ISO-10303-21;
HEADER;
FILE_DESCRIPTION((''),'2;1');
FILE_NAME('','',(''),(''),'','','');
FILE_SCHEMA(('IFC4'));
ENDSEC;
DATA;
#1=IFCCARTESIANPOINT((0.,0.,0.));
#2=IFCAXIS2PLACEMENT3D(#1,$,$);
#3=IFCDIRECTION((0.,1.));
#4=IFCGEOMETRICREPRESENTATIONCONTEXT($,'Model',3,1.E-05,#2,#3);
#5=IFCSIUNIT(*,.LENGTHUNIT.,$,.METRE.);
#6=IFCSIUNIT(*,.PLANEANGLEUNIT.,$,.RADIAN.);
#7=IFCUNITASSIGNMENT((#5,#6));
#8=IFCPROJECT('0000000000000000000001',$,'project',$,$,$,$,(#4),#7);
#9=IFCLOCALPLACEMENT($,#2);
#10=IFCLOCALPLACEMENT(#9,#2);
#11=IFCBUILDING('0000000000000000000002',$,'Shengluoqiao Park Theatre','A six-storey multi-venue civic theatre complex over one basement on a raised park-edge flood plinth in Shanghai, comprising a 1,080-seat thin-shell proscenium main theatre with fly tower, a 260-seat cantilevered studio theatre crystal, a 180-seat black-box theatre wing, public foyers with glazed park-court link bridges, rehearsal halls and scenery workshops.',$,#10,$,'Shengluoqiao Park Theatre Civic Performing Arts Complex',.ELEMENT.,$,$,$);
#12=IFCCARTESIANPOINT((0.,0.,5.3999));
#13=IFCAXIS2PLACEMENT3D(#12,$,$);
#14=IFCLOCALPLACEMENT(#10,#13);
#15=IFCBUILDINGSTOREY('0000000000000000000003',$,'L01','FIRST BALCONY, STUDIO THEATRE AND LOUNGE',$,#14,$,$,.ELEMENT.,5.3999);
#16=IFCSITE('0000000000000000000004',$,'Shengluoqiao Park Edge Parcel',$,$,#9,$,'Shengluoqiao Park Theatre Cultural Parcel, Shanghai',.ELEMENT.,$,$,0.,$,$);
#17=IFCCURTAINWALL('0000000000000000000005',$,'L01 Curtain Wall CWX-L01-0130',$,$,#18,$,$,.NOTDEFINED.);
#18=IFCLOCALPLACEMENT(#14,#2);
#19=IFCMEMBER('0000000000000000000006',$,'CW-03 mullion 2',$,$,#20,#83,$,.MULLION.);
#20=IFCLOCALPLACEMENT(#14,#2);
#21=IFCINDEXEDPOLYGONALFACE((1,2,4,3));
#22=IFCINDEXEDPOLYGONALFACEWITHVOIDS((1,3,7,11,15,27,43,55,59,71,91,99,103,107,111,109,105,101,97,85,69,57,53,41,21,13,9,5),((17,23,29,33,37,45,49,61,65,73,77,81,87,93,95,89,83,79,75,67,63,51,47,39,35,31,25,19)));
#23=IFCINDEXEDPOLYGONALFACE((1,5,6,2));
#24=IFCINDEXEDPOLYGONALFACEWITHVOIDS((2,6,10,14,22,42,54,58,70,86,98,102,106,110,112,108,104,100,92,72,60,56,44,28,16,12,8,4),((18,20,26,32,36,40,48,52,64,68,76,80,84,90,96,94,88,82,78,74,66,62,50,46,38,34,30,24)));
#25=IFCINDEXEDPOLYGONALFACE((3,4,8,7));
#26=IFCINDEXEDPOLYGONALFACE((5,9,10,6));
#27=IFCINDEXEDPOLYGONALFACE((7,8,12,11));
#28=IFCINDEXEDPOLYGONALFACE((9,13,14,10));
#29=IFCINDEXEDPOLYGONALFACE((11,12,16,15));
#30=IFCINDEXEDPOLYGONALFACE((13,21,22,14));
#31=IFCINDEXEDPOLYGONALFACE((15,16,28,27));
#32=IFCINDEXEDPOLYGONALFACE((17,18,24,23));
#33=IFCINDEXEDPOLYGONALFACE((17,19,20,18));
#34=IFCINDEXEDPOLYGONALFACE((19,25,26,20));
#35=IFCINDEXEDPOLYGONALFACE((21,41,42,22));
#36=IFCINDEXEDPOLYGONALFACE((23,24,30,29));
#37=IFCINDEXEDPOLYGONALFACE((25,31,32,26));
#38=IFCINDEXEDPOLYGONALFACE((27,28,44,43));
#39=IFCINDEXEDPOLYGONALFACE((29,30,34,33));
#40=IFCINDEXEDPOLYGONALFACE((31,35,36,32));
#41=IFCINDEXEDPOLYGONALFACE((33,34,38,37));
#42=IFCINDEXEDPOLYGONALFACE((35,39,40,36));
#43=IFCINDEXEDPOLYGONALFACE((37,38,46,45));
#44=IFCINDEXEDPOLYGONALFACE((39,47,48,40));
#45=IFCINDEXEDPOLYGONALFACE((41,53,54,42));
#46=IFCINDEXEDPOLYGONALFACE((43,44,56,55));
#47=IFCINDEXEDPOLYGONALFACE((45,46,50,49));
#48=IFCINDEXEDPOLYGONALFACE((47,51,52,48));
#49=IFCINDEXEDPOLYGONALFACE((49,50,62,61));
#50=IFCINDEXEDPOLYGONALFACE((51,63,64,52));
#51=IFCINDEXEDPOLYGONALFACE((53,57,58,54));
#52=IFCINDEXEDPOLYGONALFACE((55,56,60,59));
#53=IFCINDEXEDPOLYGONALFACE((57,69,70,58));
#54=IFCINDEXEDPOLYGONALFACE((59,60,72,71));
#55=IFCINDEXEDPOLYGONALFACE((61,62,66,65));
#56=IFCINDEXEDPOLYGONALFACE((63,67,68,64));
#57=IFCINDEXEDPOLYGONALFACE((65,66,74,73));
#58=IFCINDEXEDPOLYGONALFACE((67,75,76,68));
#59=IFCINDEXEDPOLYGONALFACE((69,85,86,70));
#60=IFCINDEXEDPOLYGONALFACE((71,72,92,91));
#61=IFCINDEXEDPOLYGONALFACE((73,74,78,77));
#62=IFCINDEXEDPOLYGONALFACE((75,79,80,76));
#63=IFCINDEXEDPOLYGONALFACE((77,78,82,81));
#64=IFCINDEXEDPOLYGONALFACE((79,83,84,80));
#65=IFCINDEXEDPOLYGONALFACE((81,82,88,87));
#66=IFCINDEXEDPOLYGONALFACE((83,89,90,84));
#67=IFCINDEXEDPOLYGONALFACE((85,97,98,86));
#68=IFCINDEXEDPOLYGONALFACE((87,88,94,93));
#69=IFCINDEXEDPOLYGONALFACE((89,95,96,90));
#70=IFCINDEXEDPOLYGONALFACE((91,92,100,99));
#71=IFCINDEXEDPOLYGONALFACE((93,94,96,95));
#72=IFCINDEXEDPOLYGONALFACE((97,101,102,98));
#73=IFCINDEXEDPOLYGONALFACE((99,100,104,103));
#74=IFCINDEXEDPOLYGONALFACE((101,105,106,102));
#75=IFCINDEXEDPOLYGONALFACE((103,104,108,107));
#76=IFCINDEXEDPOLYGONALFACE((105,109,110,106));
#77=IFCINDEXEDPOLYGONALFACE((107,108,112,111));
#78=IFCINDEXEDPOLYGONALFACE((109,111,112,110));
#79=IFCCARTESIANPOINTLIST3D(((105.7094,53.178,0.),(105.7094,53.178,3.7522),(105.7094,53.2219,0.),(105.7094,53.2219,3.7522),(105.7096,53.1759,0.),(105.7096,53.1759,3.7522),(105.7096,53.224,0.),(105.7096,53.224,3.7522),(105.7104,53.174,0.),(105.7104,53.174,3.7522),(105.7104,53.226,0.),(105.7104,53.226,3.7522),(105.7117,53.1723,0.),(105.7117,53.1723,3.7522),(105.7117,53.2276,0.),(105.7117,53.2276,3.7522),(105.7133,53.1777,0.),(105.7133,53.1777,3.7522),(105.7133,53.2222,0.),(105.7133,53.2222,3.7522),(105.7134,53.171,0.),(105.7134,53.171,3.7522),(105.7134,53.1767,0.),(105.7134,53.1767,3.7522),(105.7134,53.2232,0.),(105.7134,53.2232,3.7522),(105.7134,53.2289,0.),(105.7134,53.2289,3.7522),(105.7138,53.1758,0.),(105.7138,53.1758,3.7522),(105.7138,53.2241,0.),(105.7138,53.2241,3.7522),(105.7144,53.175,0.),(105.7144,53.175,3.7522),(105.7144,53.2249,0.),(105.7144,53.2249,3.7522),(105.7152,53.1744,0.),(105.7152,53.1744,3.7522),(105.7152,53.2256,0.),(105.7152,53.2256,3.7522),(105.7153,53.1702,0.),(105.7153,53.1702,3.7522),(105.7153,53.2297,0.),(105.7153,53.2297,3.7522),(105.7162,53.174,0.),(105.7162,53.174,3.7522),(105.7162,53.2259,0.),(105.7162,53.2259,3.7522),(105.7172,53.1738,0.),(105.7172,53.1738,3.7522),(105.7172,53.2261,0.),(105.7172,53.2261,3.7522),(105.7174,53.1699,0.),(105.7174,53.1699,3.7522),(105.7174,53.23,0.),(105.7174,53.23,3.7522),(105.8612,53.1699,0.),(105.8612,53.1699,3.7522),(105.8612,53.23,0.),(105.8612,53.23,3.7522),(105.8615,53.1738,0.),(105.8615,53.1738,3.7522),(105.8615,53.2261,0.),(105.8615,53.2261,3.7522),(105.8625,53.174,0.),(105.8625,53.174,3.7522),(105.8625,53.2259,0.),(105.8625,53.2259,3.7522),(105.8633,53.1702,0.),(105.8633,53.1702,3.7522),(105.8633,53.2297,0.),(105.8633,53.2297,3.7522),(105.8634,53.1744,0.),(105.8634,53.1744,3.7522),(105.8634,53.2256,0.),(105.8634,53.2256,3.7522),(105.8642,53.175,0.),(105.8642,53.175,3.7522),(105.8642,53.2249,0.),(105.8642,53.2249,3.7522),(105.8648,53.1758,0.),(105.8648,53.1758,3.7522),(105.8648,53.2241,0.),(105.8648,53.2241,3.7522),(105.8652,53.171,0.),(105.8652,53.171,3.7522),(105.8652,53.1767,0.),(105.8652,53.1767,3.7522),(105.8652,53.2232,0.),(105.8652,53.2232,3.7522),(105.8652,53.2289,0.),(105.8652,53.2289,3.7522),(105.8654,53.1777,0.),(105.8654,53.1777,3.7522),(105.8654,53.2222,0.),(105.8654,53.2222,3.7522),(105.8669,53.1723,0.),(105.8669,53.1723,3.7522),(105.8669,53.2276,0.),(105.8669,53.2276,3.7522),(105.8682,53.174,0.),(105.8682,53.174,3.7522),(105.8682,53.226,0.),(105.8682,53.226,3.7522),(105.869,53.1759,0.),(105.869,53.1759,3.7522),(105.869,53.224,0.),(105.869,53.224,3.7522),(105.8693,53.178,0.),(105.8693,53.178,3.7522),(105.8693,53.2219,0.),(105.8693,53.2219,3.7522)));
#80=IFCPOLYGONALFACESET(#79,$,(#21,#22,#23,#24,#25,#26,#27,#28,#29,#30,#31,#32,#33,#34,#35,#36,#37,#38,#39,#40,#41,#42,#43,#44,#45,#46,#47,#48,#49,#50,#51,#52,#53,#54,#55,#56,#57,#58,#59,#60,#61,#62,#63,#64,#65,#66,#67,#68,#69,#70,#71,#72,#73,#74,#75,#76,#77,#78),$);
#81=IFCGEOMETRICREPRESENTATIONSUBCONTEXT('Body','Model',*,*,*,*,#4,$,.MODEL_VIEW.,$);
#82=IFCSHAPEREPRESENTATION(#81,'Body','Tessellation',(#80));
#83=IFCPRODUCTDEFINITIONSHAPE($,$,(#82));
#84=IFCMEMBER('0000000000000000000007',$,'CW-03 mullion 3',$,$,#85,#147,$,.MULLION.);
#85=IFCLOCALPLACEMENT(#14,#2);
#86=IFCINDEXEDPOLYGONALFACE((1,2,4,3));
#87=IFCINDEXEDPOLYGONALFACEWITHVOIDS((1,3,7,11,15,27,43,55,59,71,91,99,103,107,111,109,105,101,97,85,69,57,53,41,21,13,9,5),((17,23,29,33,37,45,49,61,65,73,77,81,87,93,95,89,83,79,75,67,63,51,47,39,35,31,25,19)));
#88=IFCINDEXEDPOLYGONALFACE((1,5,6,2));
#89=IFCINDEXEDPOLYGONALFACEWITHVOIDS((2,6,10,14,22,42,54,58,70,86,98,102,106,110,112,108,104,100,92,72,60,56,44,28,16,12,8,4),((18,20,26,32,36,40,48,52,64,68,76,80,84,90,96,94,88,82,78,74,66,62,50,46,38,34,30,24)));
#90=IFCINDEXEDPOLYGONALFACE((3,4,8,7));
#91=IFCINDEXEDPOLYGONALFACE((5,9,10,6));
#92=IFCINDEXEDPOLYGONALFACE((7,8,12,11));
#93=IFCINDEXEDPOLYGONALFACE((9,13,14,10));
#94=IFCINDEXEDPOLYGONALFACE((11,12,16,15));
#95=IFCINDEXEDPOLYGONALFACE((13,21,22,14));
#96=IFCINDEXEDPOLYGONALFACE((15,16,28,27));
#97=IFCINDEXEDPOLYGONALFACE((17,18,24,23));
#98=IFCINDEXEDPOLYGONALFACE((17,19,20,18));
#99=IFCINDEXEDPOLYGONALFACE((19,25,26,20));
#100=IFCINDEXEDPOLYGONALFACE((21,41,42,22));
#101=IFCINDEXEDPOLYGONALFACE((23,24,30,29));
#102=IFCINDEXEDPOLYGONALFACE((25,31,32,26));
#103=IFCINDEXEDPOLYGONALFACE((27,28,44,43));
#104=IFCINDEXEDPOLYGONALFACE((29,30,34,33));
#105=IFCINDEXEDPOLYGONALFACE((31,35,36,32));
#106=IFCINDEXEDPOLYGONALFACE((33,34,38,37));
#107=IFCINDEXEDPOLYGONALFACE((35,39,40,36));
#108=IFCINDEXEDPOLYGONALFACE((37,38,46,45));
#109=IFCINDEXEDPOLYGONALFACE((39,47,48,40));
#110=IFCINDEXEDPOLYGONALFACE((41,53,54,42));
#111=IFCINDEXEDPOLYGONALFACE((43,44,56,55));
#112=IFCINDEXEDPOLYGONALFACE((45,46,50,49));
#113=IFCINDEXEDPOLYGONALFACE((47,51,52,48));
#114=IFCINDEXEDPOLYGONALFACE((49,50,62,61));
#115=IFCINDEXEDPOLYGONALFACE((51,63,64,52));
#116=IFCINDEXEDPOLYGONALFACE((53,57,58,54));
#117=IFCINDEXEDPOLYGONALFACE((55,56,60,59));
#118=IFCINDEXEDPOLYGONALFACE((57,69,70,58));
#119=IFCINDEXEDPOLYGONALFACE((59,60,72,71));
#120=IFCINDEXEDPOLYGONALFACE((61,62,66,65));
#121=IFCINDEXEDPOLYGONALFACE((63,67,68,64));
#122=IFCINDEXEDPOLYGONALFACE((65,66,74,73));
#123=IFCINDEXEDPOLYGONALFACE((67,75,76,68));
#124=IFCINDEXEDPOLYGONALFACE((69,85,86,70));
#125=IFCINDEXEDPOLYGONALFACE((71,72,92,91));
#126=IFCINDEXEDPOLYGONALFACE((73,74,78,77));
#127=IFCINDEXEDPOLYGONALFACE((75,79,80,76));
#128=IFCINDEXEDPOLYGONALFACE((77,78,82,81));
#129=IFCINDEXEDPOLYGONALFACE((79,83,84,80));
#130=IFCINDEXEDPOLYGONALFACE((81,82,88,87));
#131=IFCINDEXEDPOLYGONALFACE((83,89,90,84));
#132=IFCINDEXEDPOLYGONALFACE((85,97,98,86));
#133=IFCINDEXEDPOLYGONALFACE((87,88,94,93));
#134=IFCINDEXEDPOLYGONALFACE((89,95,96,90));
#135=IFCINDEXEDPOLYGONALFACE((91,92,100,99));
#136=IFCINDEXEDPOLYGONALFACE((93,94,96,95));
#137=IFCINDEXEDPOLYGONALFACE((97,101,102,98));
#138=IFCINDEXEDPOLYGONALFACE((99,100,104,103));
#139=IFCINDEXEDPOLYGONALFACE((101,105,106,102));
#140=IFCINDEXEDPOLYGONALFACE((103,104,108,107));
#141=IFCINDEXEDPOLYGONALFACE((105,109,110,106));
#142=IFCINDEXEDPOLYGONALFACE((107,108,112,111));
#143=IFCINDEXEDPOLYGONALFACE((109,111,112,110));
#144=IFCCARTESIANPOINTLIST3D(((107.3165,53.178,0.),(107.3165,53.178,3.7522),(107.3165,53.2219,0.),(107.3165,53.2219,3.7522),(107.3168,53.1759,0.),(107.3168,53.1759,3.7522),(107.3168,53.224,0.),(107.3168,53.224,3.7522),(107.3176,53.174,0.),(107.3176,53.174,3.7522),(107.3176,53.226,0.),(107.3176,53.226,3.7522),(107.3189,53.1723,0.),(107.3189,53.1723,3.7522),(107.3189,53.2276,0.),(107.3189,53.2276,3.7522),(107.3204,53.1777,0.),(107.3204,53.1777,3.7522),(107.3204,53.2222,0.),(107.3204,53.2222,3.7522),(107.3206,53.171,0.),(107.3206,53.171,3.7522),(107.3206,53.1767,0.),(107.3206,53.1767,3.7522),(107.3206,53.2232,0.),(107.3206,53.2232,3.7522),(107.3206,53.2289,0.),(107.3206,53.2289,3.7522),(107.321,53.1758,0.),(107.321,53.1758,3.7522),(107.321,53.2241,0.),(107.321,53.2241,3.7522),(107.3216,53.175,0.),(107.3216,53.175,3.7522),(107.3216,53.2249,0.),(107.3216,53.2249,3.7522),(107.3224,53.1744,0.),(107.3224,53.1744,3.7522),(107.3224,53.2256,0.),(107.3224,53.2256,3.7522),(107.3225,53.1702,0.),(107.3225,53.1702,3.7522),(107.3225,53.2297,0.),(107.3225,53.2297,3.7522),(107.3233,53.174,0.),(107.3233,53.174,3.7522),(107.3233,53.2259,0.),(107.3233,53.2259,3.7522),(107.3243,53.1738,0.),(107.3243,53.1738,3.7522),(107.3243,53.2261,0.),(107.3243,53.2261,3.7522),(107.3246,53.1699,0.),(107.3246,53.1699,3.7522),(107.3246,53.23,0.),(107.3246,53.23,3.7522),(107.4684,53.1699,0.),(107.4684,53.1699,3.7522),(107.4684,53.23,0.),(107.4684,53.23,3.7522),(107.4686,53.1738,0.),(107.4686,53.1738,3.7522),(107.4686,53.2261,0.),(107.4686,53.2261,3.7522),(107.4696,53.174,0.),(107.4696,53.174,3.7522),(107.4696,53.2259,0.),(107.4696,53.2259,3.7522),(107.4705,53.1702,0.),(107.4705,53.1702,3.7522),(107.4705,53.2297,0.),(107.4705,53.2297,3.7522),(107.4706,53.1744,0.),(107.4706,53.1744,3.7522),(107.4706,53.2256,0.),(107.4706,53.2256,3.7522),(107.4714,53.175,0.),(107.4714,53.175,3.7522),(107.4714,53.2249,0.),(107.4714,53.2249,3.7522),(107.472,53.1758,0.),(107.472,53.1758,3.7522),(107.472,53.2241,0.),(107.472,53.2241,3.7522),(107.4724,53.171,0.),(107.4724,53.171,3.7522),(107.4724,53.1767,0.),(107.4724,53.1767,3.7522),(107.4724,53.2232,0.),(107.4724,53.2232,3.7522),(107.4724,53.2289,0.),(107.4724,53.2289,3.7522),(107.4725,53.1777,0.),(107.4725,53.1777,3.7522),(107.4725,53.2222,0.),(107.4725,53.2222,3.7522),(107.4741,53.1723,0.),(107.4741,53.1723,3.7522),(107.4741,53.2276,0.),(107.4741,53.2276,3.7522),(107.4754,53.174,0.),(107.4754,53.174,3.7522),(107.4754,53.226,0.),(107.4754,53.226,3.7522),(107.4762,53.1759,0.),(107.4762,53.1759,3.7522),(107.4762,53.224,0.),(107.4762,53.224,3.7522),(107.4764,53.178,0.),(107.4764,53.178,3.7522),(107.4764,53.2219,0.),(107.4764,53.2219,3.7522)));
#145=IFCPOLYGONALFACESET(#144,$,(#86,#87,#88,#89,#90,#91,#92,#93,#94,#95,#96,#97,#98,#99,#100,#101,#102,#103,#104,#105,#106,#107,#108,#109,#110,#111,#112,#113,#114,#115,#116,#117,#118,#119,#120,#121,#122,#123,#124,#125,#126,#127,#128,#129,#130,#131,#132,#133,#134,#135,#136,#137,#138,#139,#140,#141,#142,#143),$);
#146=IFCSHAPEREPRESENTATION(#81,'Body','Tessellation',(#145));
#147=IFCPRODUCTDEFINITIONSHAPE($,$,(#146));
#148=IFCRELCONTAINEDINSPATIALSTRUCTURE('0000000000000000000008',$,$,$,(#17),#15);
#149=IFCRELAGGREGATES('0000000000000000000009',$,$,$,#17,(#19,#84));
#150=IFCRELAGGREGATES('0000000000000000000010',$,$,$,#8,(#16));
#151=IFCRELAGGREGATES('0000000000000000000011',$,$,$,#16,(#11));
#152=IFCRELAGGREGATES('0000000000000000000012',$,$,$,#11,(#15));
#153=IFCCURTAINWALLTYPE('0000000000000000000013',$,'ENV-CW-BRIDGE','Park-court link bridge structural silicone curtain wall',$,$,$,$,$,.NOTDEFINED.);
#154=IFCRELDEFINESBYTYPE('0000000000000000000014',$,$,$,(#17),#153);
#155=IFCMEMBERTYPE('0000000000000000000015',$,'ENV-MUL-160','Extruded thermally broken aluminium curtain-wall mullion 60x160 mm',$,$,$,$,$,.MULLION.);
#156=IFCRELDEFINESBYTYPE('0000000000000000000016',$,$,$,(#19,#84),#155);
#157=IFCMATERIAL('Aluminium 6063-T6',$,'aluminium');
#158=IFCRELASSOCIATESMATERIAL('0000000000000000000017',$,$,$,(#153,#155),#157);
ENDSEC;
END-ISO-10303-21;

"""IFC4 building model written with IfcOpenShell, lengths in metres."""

from ifc_helpers import new_model, si_unit, direction, frame, origin, origin_2d, place, context, subcontext, project, spatial, hollow_rectangle, extrude, material, material_profile, profile_set, type_object, element, aggregate, save


model = new_model("IFC4")

# Units and contexts
model_context = context("Model", 3, precision=1e-05, world=origin(), true_north=direction((0.0, 1.0)))
body_context = subcontext(model_context, "Body", "Model", "MODEL_VIEW")
ifc_project = project(units=[si_unit("LENGTHUNIT", "METRE"), si_unit("PLANEANGLEUNIT", "RADIAN")], contexts=[model_context])

# Site, building, storey
site_placement = place(None, origin())
site = spatial("IfcSite", under=ifc_project, at=site_placement, Name="Shengluoqiao Park Edge Parcel", LongName="Shengluoqiao Park Theatre Cultural Parcel, Shanghai", CompositionType="ELEMENT", RefElevation=0.0)
building_placement = place(site_placement, origin())
building = spatial("IfcBuilding", under=site, at=building_placement, Name="Shengluoqiao Park Theatre", Description="A six-storey multi-venue civic theatre complex over one basement on a raised park-edge flood plinth in Shanghai, comprising a 1,080-seat thin-shell proscenium main theatre with fly tower, a 260-seat cantilevered studio theatre crystal, a 180-seat black-box theatre wing, public foyers with glazed park-court link bridges, rehearsal halls and scenery workshops.", LongName="Shengluoqiao Park Theatre Civic Performing Arts Complex", CompositionType="ELEMENT")
storey_placement = place(building_placement, frame((0.0, 0.0, 5.3999)))
storey = spatial("IfcBuildingStorey", under=building, at=storey_placement, Name="L01", Description="FIRST BALCONY, STUDIO THEATRE AND LOUNGE", CompositionType="ELEMENT", Elevation=5.3999)

# Shared definitions
ifc_material_1 = material(Name="Aluminium 6063-T6", Category="aluminium")
curtain_wall_type = type_object("IfcCurtainWallType", Name="ENV-CW-BRIDGE", Description="Park-court link bridge structural silicone curtain wall", PredefinedType="NOTDEFINED", material=ifc_material_1)
ifc_material_profile_1 = material_profile(ifc_material_1, hollow_rectangle(XDim=0.0601, YDim=0.1599, WallThickness=0.0039, InnerFilletRadius=0.0039, OuterFilletRadius=0.0081, at=origin_2d()), Name="ALU MULLION 160x60x4")
ifc_profile_set_1 = profile_set([ifc_material_profile_1], Name="Aluminium 6063-T6")
member_type_1 = type_object("IfcMemberType", Name="ENV-MUL-160", Description="Extruded thermally broken aluminium curtain-wall mullion 60x160 mm", PredefinedType="MULLION", material=ifc_profile_set_1)

# Curtain wall, members
curtain_wall_1_placement = place(storey_placement, origin())
curtain_wall_1 = element("IfcCurtainWall", 1, at=curtain_wall_1_placement, inside=storey, type_object=curtain_wall_type, Name="L01 Curtain Wall CWX-L01-0130", PredefinedType="NOTDEFINED")
member_1_placement = place(storey_placement, frame((105.7893, 53.2, 0.0), z_axis=(0.0, 0.0, 1.0), x_axis=(0.0, 1.0, 0.0)))
member_1 = element("IfcMember", 2, at=member_1_placement, type_object=member_type_1, Name="CW-03 mullion 2", PredefinedType="MULLION", context=body_context, shape_type="SweptSolid", body=[
    extrude(hollow_rectangle(XDim=0.0601, YDim=0.1599, WallThickness=0.0039, InnerFilletRadius=0.0039, OuterFilletRadius=0.0081, at=origin_2d()), origin(), (0.0, 0.0, 1.0), 3.7522),
])
member_2_placement = place(storey_placement, frame((107.3965, 53.2, 0.0), z_axis=(0.0, 0.0, 1.0), x_axis=(0.0, 1.0, 0.0)))
member_2 = element("IfcMember", 3, at=member_2_placement, type_object=member_type_1, Name="CW-03 mullion 3", PredefinedType="MULLION", context=body_context, shape_type="SweptSolid", body=[
    extrude(hollow_rectangle(XDim=0.0601, YDim=0.1599, WallThickness=0.0039, InnerFilletRadius=0.0039, OuterFilletRadius=0.0081, at=origin_2d()), origin(), (0.0, 0.0, 1.0), 3.7522),
])

aggregate(curtain_wall_1, [member_1, member_2])

save(model, "model.ifc")
